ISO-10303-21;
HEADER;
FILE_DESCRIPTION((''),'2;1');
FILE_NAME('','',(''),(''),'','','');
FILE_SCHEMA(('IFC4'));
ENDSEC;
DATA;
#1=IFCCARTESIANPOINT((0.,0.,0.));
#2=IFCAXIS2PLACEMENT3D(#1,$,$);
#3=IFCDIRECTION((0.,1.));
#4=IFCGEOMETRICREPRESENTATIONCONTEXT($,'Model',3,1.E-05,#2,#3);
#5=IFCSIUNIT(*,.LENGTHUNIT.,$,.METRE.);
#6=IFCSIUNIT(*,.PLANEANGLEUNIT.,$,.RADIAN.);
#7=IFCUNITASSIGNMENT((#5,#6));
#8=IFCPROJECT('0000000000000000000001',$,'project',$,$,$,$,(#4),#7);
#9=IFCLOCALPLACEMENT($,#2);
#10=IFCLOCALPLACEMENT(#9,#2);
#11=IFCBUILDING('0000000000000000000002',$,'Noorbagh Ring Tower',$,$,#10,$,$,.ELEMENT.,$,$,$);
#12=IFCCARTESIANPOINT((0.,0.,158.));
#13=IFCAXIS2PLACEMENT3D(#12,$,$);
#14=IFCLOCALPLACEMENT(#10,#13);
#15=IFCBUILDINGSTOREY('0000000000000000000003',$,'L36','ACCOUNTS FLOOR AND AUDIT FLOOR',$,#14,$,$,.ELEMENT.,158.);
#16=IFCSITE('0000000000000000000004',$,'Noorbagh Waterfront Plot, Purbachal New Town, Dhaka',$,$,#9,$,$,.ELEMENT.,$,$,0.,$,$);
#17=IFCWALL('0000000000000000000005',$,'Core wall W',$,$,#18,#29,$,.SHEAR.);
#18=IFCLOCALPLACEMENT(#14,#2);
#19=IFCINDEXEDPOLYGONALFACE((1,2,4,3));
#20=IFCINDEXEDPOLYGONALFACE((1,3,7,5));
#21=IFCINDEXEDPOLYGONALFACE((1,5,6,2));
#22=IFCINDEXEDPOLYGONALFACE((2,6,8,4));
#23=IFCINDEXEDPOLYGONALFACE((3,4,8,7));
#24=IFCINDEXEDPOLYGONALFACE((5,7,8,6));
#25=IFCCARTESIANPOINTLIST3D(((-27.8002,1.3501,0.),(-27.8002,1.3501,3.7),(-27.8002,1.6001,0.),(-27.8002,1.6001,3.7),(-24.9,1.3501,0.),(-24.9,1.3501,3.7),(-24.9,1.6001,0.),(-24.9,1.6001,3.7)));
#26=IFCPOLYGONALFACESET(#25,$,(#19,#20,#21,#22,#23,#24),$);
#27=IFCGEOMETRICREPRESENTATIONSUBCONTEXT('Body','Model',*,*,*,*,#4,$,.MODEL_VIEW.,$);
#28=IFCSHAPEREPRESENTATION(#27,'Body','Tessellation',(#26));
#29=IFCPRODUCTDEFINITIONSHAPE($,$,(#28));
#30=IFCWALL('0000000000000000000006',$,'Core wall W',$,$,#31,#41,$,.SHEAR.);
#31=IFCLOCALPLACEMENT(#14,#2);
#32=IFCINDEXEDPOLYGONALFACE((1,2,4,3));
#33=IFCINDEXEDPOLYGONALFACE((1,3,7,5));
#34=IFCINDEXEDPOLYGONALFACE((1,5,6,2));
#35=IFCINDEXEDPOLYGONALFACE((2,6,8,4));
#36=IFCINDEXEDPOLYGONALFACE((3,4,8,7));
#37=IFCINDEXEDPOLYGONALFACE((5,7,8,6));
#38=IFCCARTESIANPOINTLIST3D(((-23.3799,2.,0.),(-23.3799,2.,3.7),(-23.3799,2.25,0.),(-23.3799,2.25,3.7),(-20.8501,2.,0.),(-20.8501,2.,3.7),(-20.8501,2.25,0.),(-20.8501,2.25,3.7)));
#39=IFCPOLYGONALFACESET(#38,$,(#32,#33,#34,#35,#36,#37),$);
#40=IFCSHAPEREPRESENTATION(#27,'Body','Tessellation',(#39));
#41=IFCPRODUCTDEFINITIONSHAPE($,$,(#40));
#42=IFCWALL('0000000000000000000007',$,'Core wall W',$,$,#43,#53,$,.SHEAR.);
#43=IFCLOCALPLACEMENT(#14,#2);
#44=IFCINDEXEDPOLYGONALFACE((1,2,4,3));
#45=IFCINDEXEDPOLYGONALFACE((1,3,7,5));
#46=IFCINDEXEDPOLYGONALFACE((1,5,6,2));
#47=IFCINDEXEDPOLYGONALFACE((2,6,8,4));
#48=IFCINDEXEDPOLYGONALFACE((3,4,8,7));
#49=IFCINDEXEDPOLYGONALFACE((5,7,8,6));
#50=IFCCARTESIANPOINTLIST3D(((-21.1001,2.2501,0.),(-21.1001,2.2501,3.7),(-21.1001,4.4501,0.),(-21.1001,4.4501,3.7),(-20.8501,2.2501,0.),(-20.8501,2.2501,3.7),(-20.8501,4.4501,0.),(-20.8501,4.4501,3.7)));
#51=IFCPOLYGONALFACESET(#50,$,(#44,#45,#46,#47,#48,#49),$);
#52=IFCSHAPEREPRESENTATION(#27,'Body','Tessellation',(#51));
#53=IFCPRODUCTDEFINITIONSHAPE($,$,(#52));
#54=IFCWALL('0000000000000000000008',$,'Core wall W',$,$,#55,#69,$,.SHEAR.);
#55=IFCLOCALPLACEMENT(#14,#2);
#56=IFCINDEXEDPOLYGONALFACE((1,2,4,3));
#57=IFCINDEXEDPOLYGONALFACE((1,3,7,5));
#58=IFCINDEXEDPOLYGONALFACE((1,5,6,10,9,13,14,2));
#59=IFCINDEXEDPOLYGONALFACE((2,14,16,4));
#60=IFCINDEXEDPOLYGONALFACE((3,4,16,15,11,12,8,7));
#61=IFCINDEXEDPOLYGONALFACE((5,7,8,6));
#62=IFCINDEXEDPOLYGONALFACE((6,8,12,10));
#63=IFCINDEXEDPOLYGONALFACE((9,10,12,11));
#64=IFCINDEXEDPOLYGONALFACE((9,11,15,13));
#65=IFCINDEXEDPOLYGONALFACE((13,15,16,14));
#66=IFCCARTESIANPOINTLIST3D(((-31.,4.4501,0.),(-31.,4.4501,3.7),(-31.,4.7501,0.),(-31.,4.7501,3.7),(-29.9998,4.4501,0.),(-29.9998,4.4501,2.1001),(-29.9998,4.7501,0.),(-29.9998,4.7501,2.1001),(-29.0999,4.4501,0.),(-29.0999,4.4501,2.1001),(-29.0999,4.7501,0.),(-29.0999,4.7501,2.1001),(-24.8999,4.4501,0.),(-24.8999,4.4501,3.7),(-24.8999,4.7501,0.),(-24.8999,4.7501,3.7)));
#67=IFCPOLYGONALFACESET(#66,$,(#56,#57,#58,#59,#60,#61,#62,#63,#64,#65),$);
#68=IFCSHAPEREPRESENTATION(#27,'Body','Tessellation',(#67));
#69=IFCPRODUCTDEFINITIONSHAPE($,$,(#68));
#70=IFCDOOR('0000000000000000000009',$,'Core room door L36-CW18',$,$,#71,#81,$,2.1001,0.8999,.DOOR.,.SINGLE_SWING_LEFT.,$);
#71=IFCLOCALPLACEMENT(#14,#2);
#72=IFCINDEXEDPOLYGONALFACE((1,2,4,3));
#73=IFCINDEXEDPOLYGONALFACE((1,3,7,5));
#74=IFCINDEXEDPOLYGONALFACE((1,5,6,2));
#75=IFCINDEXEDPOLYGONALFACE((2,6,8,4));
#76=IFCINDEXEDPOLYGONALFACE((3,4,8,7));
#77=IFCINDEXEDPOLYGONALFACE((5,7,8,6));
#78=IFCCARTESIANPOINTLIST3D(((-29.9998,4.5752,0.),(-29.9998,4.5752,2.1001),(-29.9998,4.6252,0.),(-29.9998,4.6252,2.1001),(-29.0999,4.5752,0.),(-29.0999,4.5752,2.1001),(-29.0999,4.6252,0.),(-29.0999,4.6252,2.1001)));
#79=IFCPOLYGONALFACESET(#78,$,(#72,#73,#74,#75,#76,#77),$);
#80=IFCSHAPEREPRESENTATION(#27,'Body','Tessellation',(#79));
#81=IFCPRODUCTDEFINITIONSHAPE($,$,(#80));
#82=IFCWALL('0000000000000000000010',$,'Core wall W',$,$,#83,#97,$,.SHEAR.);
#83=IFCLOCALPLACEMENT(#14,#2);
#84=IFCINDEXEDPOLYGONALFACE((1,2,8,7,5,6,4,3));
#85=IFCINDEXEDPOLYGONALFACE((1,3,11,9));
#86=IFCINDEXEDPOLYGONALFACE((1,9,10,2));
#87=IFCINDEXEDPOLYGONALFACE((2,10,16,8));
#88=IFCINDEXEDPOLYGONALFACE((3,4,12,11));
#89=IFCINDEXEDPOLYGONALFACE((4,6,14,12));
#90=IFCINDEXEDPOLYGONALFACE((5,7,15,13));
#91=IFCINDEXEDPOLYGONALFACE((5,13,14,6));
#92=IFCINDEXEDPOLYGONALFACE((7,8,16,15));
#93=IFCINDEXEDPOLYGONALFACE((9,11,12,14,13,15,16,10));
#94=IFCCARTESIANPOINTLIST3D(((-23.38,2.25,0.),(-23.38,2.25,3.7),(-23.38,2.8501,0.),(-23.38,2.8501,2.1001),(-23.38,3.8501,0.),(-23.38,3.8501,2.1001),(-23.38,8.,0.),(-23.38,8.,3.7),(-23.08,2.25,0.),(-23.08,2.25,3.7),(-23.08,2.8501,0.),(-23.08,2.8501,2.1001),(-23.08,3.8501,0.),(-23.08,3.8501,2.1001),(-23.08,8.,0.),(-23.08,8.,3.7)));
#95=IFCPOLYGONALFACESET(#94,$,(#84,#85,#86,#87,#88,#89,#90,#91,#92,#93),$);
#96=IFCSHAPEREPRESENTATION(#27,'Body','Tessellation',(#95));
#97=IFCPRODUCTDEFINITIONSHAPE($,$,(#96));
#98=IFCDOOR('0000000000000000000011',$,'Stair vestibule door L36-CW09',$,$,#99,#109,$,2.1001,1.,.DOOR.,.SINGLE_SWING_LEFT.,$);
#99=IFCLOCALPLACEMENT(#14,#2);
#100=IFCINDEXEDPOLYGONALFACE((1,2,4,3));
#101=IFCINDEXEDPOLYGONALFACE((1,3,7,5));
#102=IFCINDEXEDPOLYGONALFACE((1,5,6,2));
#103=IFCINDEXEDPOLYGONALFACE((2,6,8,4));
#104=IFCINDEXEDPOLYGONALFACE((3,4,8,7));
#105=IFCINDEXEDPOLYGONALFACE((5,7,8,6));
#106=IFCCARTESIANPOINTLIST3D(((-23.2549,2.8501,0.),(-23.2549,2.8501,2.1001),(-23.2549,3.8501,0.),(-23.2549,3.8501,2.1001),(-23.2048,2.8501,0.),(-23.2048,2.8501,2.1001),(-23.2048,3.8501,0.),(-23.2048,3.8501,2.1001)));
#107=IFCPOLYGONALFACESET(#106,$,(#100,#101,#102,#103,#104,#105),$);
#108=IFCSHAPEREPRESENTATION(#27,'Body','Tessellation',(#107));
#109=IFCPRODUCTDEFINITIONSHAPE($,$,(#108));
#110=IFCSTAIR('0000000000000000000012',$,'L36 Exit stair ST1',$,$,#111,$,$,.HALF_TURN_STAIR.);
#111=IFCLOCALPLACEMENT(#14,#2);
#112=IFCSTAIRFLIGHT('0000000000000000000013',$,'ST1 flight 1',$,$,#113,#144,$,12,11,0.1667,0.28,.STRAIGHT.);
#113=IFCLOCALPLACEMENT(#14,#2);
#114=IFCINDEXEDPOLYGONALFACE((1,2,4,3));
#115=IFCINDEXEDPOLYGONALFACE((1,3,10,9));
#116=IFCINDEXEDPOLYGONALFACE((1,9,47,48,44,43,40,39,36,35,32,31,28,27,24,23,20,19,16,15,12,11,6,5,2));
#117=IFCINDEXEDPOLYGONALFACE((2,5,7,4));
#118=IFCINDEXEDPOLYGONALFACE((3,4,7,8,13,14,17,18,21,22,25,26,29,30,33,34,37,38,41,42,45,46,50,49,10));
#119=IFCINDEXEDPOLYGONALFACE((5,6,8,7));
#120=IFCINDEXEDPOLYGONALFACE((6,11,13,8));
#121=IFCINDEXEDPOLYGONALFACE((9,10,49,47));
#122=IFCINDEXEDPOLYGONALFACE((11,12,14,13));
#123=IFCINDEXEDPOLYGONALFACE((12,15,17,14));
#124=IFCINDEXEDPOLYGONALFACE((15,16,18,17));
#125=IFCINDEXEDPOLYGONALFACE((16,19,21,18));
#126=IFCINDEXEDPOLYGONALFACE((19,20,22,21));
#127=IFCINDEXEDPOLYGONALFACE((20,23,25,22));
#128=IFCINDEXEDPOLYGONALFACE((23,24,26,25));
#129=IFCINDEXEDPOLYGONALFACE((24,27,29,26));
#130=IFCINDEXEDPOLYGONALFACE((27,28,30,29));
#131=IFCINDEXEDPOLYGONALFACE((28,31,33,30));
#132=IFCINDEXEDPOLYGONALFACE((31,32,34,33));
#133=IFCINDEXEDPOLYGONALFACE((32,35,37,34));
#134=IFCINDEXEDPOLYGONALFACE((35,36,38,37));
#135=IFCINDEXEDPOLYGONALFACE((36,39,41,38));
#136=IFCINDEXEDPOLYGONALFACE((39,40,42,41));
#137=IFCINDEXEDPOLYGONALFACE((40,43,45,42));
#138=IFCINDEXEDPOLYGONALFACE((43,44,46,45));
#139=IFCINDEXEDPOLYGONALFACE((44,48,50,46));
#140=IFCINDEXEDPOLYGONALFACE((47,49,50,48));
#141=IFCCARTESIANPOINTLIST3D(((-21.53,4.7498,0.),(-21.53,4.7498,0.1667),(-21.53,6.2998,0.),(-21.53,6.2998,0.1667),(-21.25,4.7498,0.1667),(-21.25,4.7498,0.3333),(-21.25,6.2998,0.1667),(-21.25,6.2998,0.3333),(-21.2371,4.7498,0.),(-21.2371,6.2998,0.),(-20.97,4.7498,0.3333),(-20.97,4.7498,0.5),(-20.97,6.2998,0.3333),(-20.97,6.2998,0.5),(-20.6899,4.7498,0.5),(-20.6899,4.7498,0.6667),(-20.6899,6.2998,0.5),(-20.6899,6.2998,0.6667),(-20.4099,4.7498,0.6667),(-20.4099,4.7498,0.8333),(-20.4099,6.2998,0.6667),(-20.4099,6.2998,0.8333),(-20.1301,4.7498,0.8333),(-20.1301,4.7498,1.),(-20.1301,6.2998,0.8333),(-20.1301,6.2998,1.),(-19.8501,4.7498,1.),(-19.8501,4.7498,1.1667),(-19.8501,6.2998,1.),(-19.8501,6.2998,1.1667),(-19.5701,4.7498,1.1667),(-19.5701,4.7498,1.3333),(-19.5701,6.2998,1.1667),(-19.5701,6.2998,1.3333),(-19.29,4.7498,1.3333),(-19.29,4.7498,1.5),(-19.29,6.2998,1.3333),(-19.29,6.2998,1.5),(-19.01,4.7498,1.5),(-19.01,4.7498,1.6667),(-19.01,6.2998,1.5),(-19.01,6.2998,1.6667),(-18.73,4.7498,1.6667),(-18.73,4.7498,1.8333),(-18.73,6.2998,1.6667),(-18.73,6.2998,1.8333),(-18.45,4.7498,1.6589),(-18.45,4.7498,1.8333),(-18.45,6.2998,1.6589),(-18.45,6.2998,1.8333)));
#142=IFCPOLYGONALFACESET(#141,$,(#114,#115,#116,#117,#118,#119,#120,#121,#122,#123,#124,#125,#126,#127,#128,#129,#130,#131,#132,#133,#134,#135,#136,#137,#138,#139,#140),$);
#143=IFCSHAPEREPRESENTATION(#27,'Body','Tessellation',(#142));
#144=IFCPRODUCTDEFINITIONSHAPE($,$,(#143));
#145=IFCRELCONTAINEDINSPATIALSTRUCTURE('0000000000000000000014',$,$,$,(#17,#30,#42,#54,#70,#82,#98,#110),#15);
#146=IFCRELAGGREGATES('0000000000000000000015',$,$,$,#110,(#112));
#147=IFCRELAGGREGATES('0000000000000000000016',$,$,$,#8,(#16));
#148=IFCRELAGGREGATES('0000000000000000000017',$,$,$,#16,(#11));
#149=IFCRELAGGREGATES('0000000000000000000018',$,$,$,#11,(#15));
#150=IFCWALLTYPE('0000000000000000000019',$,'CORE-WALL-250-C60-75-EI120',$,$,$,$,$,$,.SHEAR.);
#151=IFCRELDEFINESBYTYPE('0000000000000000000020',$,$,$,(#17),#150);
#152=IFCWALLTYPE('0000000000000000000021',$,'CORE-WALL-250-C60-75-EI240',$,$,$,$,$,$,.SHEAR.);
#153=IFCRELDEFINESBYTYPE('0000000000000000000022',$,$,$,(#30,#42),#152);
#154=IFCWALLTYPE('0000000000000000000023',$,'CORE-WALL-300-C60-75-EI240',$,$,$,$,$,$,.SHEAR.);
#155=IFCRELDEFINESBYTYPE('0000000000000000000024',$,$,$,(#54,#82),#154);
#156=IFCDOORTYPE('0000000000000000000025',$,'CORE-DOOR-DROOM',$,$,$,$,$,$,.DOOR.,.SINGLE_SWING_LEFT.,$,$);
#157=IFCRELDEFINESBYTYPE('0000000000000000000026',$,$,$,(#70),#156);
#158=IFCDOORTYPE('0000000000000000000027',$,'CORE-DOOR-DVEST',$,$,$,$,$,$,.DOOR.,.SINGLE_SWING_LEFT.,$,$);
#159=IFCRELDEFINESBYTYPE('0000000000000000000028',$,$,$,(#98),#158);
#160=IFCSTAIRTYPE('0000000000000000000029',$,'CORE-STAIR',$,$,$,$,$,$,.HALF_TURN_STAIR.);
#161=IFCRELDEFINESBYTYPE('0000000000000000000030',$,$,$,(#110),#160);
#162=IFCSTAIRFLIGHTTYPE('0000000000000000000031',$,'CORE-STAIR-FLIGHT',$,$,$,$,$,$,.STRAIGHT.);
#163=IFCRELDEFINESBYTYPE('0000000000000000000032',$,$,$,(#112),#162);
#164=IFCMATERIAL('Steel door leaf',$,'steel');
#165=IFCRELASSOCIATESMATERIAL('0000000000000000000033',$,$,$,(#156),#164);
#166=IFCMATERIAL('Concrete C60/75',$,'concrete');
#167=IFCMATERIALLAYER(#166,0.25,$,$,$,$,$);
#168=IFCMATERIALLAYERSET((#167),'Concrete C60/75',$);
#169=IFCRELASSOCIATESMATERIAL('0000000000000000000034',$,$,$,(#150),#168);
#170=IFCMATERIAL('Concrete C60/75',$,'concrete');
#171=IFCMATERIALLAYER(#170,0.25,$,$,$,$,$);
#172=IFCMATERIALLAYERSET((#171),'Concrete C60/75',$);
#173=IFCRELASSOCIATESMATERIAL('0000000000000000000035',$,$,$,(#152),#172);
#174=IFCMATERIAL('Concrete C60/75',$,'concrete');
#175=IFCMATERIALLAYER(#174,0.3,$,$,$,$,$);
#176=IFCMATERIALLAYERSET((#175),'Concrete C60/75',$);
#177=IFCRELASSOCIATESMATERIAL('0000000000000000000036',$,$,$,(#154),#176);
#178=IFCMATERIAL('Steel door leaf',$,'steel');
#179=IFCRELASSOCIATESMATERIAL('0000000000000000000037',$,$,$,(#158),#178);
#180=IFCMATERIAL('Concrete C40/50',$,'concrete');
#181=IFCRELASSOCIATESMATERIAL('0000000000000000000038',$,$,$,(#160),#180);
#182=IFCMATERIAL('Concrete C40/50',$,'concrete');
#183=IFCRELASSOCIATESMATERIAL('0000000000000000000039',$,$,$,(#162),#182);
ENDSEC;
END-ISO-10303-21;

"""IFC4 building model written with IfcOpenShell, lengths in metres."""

from ifc_helpers import new_model, si_unit, direction, frame, frame_2d, origin, place, context, subcontext, project, spatial, polyline, rectangle, outline, extrude, material, layer, layer_set, type_object, element, fill, aggregate, save


model = new_model("IFC4")

# Units and contexts
model_context = context("Model", 3, precision=1e-05, world=origin(), true_north=direction((0.0, 1.0)))
body_context = subcontext(model_context, "Body", "Model", "MODEL_VIEW")
ifc_project = project(units=[si_unit("LENGTHUNIT", "METRE"), si_unit("PLANEANGLEUNIT", "RADIAN")], contexts=[model_context])

# Site, building, storey
site_placement = place(None, origin())
site = spatial("IfcSite", under=ifc_project, at=site_placement, Name="Noorbagh Waterfront Plot, Purbachal New Town, Dhaka", CompositionType="ELEMENT", RefElevation=0.0)
building_placement = place(site_placement, origin())
building = spatial("IfcBuilding", under=site, at=building_placement, Name="Noorbagh Ring Tower", CompositionType="ELEMENT")
storey_placement = place(building_placement, frame((0.0, 0.0, 158.0)))
storey = spatial("IfcBuildingStorey", under=building, at=storey_placement, Name="L36", Description="ACCOUNTS FLOOR AND AUDIT FLOOR", CompositionType="ELEMENT", Elevation=158.0)

# Shared definitions
ifc_material_1 = material(Name="Steel door leaf", Category="steel")
door_type_1 = type_object("IfcDoorType", Name="CORE-DOOR-DROOM", OperationType="SINGLE_SWING_LEFT", PredefinedType="DOOR", material=ifc_material_1)

# Walls
ifc_material_2 = material(Name="Concrete C60/75", Category="concrete")
ifc_layer_1 = layer(ifc_material_2, 0.25)
ifc_layer_set_1 = layer_set([ifc_layer_1], Name="Concrete C60/75")
wall_type_1 = type_object("IfcWallType", Name="CORE-WALL-250-C60-75-EI120", PredefinedType="SHEAR", material=ifc_layer_set_1)
for number, where, z_axis, x_axis, name in (
    (1, (-24.8999, 1.4751, 0.0), (0.0, 0.0, 1.0), (-1.0, 0.0, 0.0), "Core wall W"),
):
    element("IfcWall", number, at=place(storey_placement, frame(where, z_axis=z_axis, x_axis=x_axis)), inside=storey, type_object=wall_type_1, Name=name, PredefinedType="SHEAR", context=body_context, shape_type="SweptSolid", body=[
        extrude(rectangle(XDim=2.9001, YDim=0.25, at=frame_2d((1.4502, 0.0))), origin(), (0.0, 0.0, 1.0), 3.7),
    ])
ifc_material_3 = material(Name="Concrete C60/75", Category="concrete")
ifc_layer_2 = layer(ifc_material_3, 0.25)
ifc_layer_set_2 = layer_set([ifc_layer_2], Name="Concrete C60/75")
wall_type_2 = type_object("IfcWallType", Name="CORE-WALL-250-C60-75-EI240", PredefinedType="SHEAR", material=ifc_layer_set_2)
wall_1_placement = place(storey_placement, frame((-20.8501, 2.125, 0.0), z_axis=(0.0, 0.0, 1.0), x_axis=(-1.0, 0.0, 0.0)))
element("IfcWall", 2, at=wall_1_placement, inside=storey, type_object=wall_type_2, Name="Core wall W", PredefinedType="SHEAR", context=body_context, shape_type="SweptSolid", body=[
    extrude(rectangle(XDim=2.5298, YDim=0.25, at=frame_2d((1.2649, 0.0))), origin(), (0.0, 0.0, 1.0), 3.7),
])
wall_2_placement = place(storey_placement, frame((-20.9751, 2.25, 0.0), z_axis=(0.0, 0.0, 1.0), x_axis=(0.0, 1.0, 0.0)))
element("IfcWall", 3, at=wall_2_placement, inside=storey, type_object=wall_type_2, Name="Core wall W", PredefinedType="SHEAR", context=body_context, shape_type="SweptSolid", body=[
    extrude(rectangle(XDim=2.2, YDim=0.25, at=frame_2d((1.1001, 0.0))), origin(), (0.0, 0.0, 1.0), 3.7),
])

# Walls, openings, doors
ifc_material_4 = material(Name="Concrete C60/75", Category="concrete")
ifc_layer_3 = layer(ifc_material_4, 0.3)
ifc_layer_set_3 = layer_set([ifc_layer_3], Name="Concrete C60/75")
wall_type_3 = type_object("IfcWallType", Name="CORE-WALL-300-C60-75-EI240", PredefinedType="SHEAR", material=ifc_layer_set_3)
wall_3_placement = place(storey_placement, frame((-24.8999, 4.6001, 0.0), z_axis=(0.0, 0.0, 1.0), x_axis=(-1.0, 0.0, 0.0)))
wall_3 = element("IfcWall", 4, at=wall_3_placement, inside=storey, type_object=wall_type_3, Name="Core wall W", PredefinedType="SHEAR", context=body_context, shape_type="SweptSolid", body=[
    extrude(rectangle(XDim=6.1001, YDim=0.3, at=frame_2d((3.05, 0.0))), origin(), (0.0, 0.0, 1.0), 3.7),
])
opening_1_placement = place(wall_3_placement, frame((4.2, 0.0, 0.0)))
opening_1 = element("IfcOpeningElement", 5, at=opening_1_placement, cuts=wall_3, PredefinedType="OPENING", context=body_context, shape_type="SweptSolid", body=[
    extrude(rectangle(XDim=0.8999, YDim=2.1001, at=frame_2d((0.45, 1.05))), frame((0.0, 0.1602, 0.0), z_axis=(0.0, -1.0, 0.0), x_axis=(1.0, 0.0, 0.0)), (0.0, 0.0, 1.0), 0.3201),
])
door_1_placement = place(opening_1_placement, origin())
door_1 = element("IfcDoor", 6, at=door_1_placement, inside=storey, type_object=door_type_1, Name="Core room door L36-CW18", OperationType="SINGLE_SWING_LEFT", OverallHeight=2.1001, OverallWidth=0.8999, PredefinedType="DOOR", context=body_context, shape_type="SweptSolid", body=[
    extrude(rectangle(XDim=0.8999, YDim=2.1001, at=frame_2d((0.45, 1.05))), frame((0.0, 0.0249, 0.0), z_axis=(0.0, -1.0, 0.0), x_axis=(1.0, 0.0, 0.0)), (0.0, 0.0, 1.0), 0.05),
])
fill(opening_1, door_1)
wall_4_placement = place(storey_placement, frame((-23.23, 2.25, 0.0), z_axis=(0.0, 0.0, 1.0), x_axis=(0.0, 1.0, 0.0)))
wall_4 = element("IfcWall", 7, at=wall_4_placement, inside=storey, type_object=wall_type_3, Name="Core wall W", PredefinedType="SHEAR", context=body_context, shape_type="SweptSolid", body=[
    extrude(rectangle(XDim=5.75, YDim=0.3, at=frame_2d((2.875, 0.0))), origin(), (0.0, 0.0, 1.0), 3.7),
])
opening_2_placement = place(wall_4_placement, frame((0.6001, 0.0, 0.0)))
opening_2 = element("IfcOpeningElement", 8, at=opening_2_placement, cuts=wall_4, PredefinedType="OPENING", context=body_context, shape_type="SweptSolid", body=[
    extrude(rectangle(XDim=1.0, YDim=2.1001, at=frame_2d((0.5, 1.05))), frame((0.0, 0.1602, 0.0), z_axis=(0.0, -1.0, 0.0), x_axis=(1.0, 0.0, 0.0)), (0.0, 0.0, 1.0), 0.3201),
])
ifc_material_5 = material(Name="Steel door leaf", Category="steel")
door_type_2 = type_object("IfcDoorType", Name="CORE-DOOR-DVEST", OperationType="SINGLE_SWING_LEFT", PredefinedType="DOOR", material=ifc_material_5)
door_2_placement = place(opening_2_placement, origin())
door_2 = element("IfcDoor", 9, at=door_2_placement, inside=storey, type_object=door_type_2, Name="Stair vestibule door L36-CW09", OperationType="SINGLE_SWING_LEFT", OverallHeight=2.1001, OverallWidth=1.0, PredefinedType="DOOR", context=body_context, shape_type="SweptSolid", body=[
    extrude(rectangle(XDim=1.0, YDim=2.1001, at=frame_2d((0.5, 1.05))), frame((0.0, 0.0249, 0.0), z_axis=(0.0, -1.0, 0.0), x_axis=(1.0, 0.0, 0.0)), (0.0, 0.0, 1.0), 0.05),
])
fill(opening_2, door_2)

# Stair, stair flight
ifc_material_6 = material(Name="Concrete C40/50", Category="concrete")
stair_type = type_object("IfcStairType", Name="CORE-STAIR", PredefinedType="HALF_TURN_STAIR", material=ifc_material_6)
stair_placement = place(storey_placement, origin())
stair = element("IfcStair", 10, at=stair_placement, inside=storey, type_object=stair_type, Name="L36 Exit stair ST1", PredefinedType="HALF_TURN_STAIR")
ifc_material_7 = material(Name="Concrete C40/50", Category="concrete")
stair_flight_type = type_object("IfcStairFlightType", Name="CORE-STAIR-FLIGHT", PredefinedType="STRAIGHT", material=ifc_material_7)
stair_flight_1_placement = place(storey_placement, frame((-21.53, 5.5249, 0.0), z_axis=(0.0, 0.0, 1.0), x_axis=(1.0, 0.0, 0.0)))
stair_flight_1 = element("IfcStairFlight", 11, at=stair_flight_1_placement, type_object=stair_flight_type, Name="ST1 flight 1", NumberOfRisers=12, NumberOfTreads=11, PredefinedType="STRAIGHT", RiserHeight=0.1667, TreadLength=0.28, context=body_context, shape_type="SweptSolid", body=[
    extrude(outline(polyline([(0.0, 0.0), (0.0, 0.1667), (0.28, 0.1667), (0.28, 0.3333), (0.5601, 0.3333), (0.5601, 0.5), (0.8401, 0.5), (0.8401, 0.6667), (1.1201, 0.6667), (1.1201, 0.8333), (1.3999, 0.8333), (1.3999, 1.0), (1.6799, 1.0), (1.6799, 1.1667), (1.96, 1.1667), (1.96, 1.3333), (2.24, 1.3333), (2.24, 1.5), (2.52, 1.5), (2.52, 1.6667), (2.8, 1.6667), (2.8, 1.8333), (3.0801, 1.8333), (3.0801, 2.0), (3.0801, 1.6589), (0.293, 0.0), (0.0, 0.0)])), frame((0.0, 0.7749, 0.0), z_axis=(0.0, -1.0, 0.0), x_axis=(1.0, 0.0, 0.0)), (0.0, 0.0, 1.0), 1.55),
])
aggregate(stair, [stair_flight_1])

save(model, "model.ifc")
